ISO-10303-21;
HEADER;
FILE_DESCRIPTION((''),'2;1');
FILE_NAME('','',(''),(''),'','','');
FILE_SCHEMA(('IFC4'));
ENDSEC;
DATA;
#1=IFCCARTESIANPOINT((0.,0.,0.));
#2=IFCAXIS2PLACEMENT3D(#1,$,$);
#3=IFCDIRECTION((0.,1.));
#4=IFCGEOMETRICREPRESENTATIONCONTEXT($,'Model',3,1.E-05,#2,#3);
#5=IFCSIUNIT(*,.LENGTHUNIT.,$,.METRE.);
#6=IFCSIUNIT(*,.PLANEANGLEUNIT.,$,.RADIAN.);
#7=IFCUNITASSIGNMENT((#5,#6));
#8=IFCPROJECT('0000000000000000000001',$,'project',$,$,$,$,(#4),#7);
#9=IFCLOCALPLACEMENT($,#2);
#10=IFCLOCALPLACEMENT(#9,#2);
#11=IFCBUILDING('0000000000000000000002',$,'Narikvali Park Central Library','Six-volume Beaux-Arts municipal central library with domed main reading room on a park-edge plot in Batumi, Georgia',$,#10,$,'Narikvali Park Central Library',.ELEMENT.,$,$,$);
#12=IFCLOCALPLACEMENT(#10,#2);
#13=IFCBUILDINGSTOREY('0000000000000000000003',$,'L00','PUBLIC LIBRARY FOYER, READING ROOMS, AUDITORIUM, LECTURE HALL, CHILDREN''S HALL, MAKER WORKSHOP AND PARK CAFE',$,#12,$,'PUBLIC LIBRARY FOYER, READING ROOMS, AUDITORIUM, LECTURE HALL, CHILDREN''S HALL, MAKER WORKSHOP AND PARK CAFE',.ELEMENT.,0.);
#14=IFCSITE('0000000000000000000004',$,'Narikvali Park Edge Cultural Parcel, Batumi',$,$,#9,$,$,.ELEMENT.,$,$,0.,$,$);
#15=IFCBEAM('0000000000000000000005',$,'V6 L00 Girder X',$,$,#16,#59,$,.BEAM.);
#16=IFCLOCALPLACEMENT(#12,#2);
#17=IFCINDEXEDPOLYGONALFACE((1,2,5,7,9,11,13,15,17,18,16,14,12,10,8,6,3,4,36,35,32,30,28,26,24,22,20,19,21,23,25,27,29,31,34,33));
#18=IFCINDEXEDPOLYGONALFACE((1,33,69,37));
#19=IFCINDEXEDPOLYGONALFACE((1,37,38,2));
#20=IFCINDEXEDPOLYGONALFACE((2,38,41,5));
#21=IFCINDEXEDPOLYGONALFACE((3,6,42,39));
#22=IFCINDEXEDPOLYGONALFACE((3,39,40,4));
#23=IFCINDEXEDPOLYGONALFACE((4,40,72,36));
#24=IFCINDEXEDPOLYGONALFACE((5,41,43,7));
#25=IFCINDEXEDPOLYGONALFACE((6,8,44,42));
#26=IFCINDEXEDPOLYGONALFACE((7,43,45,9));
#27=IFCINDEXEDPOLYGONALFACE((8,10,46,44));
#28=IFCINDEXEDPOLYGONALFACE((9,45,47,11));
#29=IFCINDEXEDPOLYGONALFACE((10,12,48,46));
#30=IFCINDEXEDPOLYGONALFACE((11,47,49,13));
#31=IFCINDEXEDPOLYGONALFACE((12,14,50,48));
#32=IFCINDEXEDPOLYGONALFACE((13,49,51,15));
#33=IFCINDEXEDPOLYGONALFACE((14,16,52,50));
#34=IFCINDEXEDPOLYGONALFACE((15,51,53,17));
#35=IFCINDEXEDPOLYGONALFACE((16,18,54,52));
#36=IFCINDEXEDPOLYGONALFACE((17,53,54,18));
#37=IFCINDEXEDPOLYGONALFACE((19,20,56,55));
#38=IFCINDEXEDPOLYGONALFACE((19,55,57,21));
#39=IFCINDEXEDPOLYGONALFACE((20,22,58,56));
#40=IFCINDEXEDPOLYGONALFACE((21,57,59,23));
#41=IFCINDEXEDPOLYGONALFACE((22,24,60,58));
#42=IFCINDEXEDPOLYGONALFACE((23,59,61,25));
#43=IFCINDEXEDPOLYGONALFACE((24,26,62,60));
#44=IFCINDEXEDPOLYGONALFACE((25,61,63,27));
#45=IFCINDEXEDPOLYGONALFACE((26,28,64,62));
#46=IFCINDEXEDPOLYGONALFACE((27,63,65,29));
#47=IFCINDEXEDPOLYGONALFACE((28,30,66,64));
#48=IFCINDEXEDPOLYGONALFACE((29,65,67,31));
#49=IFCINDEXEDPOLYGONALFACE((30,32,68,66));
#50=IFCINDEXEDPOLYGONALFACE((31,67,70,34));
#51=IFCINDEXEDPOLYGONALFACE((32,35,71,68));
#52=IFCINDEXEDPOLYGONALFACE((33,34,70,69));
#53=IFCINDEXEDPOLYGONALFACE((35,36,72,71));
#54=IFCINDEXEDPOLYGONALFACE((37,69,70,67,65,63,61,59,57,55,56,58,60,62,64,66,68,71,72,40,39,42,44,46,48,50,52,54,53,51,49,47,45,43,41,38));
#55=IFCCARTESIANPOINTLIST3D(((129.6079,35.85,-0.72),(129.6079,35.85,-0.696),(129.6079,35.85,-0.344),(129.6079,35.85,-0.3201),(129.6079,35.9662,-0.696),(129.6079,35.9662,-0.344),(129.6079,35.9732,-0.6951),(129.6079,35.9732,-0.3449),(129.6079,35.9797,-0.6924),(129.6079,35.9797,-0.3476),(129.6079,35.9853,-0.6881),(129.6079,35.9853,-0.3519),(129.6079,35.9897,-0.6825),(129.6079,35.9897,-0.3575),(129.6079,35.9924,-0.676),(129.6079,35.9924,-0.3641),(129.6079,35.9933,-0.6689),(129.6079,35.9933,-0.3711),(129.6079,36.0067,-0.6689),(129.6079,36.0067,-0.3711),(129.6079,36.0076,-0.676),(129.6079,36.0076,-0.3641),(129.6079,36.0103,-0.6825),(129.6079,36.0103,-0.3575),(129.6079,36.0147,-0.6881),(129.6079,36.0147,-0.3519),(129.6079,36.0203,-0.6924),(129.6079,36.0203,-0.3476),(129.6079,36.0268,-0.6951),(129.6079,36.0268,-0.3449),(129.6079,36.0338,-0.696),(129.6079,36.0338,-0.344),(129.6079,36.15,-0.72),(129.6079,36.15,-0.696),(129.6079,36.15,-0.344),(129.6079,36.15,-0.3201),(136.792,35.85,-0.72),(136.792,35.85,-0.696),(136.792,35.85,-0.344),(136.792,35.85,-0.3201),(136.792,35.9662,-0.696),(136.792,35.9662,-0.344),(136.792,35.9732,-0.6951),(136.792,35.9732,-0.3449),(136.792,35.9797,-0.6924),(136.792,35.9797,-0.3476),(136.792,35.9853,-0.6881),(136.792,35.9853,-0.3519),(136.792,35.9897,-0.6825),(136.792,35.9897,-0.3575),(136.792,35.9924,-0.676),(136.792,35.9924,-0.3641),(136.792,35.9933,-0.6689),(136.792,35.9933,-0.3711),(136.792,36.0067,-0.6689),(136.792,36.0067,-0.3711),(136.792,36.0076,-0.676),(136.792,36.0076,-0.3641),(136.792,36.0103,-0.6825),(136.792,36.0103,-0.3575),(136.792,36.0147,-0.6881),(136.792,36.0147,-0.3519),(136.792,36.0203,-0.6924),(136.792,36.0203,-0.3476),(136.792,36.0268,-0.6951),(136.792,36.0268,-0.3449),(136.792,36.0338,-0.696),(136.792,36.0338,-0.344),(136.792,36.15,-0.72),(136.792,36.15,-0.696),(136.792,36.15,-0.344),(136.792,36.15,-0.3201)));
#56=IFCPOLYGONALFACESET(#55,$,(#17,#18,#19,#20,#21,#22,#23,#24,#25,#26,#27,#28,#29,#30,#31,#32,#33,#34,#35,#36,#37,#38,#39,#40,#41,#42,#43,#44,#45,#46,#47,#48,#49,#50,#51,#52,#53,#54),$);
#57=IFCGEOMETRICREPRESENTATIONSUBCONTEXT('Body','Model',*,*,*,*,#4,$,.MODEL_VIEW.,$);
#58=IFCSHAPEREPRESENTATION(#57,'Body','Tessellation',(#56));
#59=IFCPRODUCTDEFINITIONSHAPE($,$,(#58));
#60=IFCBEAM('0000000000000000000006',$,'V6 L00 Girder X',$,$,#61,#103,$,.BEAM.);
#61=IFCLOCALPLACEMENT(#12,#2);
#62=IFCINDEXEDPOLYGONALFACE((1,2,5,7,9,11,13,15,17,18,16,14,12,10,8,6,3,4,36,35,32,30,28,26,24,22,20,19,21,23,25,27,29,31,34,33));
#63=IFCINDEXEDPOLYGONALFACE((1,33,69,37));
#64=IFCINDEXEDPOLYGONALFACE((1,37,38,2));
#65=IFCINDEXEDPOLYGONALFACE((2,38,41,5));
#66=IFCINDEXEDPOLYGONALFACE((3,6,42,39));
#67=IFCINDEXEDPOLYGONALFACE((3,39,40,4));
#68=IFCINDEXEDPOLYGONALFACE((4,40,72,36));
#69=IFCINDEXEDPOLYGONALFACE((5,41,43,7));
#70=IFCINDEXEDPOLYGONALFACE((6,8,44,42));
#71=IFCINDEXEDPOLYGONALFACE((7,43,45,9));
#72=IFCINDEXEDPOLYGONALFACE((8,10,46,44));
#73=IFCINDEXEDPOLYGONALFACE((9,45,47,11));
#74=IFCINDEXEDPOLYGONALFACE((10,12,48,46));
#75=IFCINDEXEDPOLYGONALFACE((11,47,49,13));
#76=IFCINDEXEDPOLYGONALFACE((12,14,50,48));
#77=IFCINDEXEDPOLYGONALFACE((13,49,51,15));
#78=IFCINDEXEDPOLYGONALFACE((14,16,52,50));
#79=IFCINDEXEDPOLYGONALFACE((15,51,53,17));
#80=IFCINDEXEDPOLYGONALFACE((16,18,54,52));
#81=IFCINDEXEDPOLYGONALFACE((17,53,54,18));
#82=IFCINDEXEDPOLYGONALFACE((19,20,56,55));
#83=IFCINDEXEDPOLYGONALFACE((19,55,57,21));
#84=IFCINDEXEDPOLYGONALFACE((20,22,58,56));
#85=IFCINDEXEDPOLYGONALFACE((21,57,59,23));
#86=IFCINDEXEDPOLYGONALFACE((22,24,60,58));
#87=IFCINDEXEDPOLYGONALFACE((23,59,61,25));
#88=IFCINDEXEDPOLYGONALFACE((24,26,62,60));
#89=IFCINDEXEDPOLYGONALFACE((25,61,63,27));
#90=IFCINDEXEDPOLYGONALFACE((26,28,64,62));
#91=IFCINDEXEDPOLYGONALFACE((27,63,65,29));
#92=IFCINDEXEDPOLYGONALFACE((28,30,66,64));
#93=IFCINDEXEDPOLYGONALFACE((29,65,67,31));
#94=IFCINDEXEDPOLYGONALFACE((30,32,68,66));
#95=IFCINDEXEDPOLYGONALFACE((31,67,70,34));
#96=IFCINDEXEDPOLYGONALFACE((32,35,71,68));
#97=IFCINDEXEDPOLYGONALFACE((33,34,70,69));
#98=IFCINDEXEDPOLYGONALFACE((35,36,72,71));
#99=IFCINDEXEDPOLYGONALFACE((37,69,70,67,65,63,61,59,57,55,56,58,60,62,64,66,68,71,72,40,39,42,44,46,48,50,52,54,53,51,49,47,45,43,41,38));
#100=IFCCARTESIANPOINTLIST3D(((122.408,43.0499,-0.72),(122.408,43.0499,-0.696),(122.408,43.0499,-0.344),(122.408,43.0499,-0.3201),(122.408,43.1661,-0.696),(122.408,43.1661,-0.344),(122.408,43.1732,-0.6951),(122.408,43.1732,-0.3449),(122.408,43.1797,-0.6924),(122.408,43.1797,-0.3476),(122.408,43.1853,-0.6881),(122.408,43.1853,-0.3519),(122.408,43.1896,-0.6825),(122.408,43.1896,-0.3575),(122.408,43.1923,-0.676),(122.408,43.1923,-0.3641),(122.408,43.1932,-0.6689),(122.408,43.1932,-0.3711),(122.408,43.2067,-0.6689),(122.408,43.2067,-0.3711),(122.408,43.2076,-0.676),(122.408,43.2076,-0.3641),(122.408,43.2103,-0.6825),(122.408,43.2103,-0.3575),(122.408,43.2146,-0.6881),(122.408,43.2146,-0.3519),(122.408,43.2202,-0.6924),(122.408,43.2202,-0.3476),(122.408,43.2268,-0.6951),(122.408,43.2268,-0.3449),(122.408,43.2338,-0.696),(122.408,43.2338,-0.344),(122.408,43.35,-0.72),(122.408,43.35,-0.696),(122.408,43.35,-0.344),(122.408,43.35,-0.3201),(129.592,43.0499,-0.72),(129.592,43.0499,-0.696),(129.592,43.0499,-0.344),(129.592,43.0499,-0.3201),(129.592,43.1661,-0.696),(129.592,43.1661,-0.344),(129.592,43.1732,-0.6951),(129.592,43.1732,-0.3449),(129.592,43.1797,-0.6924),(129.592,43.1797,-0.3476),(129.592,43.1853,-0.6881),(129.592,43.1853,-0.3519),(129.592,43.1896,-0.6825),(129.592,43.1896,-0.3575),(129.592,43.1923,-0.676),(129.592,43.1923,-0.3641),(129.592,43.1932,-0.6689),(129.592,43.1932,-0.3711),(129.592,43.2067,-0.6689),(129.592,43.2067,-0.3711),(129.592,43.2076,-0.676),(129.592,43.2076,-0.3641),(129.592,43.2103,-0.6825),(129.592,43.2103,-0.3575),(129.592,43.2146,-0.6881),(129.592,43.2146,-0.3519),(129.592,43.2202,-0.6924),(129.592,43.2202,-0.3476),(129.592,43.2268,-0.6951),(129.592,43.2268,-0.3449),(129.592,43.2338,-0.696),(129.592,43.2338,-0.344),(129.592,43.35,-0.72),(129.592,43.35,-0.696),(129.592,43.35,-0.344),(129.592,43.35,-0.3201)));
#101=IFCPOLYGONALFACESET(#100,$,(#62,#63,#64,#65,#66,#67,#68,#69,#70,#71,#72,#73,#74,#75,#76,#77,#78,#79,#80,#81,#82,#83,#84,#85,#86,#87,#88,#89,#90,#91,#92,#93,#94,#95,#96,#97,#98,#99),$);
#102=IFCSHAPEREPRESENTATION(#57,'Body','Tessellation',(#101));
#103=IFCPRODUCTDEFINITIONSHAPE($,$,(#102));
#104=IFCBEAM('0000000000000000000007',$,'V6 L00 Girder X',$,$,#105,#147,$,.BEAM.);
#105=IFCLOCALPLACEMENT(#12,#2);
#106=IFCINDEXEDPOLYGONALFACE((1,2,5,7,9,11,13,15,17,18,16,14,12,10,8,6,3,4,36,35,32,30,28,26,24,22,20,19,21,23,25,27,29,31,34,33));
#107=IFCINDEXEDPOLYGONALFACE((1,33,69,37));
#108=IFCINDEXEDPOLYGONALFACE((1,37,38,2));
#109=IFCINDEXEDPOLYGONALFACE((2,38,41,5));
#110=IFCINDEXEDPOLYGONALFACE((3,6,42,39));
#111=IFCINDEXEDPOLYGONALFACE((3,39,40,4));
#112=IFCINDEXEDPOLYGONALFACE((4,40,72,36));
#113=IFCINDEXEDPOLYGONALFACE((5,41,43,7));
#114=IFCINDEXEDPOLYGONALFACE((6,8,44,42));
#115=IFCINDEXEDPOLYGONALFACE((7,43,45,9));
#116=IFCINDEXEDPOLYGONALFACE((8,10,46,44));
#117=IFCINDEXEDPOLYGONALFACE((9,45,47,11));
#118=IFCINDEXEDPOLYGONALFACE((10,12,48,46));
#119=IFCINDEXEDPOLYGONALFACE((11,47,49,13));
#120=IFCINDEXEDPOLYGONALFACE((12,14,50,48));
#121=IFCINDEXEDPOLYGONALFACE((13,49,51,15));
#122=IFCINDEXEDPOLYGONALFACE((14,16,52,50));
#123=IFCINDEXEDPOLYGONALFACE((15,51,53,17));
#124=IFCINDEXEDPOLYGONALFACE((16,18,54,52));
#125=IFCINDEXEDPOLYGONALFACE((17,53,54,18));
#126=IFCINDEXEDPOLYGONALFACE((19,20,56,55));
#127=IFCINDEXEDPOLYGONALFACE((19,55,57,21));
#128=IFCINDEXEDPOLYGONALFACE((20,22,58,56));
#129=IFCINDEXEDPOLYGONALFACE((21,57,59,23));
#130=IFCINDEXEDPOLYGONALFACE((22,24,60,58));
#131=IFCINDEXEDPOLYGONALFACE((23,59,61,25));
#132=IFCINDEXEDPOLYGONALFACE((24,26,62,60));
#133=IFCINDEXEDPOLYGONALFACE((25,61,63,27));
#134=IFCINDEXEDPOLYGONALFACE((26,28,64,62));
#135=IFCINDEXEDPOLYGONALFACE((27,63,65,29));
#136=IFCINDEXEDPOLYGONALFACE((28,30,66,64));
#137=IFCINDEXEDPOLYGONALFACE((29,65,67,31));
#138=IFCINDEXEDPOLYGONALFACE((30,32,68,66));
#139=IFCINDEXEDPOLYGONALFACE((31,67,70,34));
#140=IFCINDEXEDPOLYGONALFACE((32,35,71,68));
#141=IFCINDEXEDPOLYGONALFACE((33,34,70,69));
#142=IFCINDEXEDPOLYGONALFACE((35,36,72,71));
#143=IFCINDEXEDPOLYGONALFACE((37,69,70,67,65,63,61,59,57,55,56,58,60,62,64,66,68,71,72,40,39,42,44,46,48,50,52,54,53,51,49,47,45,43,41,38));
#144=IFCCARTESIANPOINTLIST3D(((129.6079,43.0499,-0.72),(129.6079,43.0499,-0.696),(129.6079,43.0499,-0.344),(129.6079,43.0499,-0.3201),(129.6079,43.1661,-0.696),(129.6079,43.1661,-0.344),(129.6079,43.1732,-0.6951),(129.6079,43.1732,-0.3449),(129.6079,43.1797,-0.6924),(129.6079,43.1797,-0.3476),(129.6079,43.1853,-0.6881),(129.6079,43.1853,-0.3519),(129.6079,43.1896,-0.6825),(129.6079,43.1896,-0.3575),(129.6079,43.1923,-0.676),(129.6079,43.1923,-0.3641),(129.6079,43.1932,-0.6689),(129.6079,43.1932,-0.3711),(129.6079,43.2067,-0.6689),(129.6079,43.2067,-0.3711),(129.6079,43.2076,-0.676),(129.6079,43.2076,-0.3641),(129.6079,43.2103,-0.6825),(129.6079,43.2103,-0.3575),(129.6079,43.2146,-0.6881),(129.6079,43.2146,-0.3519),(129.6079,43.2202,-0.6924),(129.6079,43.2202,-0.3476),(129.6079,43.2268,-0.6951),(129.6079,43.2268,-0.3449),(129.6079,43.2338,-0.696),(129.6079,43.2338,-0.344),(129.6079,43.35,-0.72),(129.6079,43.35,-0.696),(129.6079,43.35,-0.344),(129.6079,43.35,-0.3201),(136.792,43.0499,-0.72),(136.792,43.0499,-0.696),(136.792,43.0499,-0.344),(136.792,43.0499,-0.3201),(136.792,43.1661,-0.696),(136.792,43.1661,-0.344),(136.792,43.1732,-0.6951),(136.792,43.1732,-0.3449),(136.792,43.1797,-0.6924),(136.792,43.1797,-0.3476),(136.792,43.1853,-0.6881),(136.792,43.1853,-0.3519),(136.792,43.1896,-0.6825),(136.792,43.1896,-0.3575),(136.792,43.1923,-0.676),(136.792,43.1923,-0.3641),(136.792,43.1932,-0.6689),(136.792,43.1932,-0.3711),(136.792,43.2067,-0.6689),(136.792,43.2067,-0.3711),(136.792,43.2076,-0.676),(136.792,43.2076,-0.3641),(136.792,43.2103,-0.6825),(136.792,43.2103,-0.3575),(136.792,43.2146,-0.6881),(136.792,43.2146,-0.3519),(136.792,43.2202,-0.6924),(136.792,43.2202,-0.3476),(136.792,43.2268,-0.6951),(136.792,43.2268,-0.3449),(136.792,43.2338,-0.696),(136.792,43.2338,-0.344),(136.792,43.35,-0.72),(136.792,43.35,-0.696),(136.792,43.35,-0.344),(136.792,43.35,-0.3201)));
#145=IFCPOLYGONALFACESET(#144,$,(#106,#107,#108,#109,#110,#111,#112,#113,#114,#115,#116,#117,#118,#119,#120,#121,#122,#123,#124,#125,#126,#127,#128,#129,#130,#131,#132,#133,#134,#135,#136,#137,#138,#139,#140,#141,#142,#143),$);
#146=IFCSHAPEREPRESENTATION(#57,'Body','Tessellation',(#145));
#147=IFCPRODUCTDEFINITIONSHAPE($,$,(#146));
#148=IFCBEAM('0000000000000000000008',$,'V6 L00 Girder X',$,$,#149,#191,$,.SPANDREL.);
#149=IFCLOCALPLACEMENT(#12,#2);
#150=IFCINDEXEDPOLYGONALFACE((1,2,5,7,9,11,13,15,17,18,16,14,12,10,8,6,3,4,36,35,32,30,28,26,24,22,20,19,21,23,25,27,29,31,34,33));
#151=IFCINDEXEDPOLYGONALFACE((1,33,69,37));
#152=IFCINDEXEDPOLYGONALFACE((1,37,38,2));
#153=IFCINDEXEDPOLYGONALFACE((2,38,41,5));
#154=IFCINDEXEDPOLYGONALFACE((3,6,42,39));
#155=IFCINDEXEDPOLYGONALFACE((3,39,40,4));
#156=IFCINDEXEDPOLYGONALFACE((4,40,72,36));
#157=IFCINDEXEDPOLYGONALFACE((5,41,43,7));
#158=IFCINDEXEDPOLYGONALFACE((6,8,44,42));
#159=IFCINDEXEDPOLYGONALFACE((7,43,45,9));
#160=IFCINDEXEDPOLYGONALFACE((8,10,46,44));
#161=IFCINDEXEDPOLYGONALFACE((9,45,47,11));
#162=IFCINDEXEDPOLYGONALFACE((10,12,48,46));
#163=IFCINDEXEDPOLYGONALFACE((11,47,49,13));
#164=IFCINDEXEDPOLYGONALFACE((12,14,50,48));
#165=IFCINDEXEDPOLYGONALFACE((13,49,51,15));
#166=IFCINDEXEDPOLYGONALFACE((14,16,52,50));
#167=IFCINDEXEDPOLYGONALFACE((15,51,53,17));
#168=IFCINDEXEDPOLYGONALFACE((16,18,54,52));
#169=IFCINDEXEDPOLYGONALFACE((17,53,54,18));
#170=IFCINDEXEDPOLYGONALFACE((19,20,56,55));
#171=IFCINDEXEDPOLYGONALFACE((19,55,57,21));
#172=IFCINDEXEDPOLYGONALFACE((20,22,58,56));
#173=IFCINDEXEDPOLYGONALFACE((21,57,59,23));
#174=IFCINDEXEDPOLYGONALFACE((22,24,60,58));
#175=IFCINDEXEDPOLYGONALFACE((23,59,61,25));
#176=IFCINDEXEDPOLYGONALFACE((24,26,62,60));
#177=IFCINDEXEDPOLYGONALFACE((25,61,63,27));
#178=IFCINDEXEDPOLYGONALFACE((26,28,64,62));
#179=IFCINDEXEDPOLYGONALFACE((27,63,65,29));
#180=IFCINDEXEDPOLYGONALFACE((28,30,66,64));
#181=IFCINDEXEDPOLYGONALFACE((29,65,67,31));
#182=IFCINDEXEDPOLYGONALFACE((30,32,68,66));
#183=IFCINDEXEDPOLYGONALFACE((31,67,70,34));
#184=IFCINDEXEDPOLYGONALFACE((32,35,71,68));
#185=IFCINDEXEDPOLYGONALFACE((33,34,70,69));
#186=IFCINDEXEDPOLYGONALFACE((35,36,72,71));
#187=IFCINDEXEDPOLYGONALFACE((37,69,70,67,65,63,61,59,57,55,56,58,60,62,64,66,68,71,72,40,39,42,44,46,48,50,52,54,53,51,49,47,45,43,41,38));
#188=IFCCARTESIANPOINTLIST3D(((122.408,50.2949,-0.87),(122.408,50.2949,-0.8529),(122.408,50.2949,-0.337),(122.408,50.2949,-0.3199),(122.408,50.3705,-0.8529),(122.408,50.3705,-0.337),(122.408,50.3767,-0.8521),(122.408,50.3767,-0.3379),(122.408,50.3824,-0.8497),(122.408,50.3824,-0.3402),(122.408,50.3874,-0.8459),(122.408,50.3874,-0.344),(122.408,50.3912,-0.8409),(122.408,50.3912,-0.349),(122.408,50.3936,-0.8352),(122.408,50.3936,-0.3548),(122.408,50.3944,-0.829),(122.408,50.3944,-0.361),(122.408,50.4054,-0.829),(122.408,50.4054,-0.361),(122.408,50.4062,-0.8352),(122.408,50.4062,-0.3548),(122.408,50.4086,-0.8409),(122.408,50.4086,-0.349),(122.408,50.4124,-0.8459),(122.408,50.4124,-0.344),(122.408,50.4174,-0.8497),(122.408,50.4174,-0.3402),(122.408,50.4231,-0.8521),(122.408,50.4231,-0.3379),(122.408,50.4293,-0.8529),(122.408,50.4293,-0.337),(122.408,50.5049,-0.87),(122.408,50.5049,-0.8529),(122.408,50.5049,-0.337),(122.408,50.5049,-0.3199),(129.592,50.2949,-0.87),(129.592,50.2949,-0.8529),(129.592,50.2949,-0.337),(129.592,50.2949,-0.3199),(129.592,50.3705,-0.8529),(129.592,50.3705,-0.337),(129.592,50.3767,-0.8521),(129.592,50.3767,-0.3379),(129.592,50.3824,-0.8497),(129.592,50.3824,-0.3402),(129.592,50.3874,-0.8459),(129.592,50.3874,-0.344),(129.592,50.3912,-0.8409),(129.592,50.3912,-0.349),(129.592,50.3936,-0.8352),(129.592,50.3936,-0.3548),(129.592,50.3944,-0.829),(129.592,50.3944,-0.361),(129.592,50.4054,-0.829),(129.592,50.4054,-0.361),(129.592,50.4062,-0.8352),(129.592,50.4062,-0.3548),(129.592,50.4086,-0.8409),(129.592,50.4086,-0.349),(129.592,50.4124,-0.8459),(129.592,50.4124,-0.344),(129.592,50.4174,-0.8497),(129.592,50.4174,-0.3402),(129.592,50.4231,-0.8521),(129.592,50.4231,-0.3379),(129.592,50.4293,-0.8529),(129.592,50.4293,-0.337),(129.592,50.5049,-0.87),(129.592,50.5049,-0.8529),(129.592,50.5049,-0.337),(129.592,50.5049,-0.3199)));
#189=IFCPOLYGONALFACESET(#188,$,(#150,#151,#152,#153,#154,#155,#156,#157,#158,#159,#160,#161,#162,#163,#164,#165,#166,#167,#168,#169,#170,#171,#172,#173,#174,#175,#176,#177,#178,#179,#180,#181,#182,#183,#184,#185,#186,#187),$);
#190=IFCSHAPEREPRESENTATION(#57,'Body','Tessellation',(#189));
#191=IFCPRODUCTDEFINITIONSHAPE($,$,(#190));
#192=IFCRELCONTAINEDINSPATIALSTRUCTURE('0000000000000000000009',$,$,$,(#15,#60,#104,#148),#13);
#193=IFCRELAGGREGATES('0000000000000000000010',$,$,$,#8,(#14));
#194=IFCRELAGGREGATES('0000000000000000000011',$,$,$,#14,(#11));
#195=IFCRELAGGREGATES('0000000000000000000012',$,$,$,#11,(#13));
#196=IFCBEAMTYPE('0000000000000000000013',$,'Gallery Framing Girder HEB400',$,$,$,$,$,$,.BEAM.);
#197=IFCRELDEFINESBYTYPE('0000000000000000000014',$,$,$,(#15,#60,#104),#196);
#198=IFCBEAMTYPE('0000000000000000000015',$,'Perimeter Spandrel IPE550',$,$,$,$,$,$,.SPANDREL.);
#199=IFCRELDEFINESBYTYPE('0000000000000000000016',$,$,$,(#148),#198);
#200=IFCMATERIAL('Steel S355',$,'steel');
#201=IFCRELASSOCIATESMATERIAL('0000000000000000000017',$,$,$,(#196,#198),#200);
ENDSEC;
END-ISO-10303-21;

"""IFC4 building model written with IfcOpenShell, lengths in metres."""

from ifc_helpers import new_model, si_unit, direction, frame, origin, origin_2d, place, context, subcontext, project, spatial, i_section, extrude, material, material_profile, profile_set, type_object, element, save


model = new_model("IFC4")

# Units and contexts
model_context = context("Model", 3, precision=1e-05, world=origin(), true_north=direction((0.0, 1.0)))
body_context = subcontext(model_context, "Body", "Model", "MODEL_VIEW")
ifc_project = project(units=[si_unit("LENGTHUNIT", "METRE"), si_unit("PLANEANGLEUNIT", "RADIAN")], contexts=[model_context])

# Site, building, storey
site_placement = place(None, origin())
site = spatial("IfcSite", under=ifc_project, at=site_placement, Name="Narikvali Park Edge Cultural Parcel, Batumi", CompositionType="ELEMENT", RefElevation=0.0)
building_placement = place(site_placement, origin())
building = spatial("IfcBuilding", under=site, at=building_placement, Name="Narikvali Park Central Library", Description="Six-volume Beaux-Arts municipal central library with domed main reading room on a park-edge plot in Batumi, Georgia", LongName="Narikvali Park Central Library", CompositionType="ELEMENT")
storey_placement = place(building_placement, origin())
storey = spatial("IfcBuildingStorey", under=building, at=storey_placement, Name="L00", Description="PUBLIC LIBRARY FOYER, READING ROOMS, AUDITORIUM, LECTURE HALL, CHILDREN'S HALL, MAKER WORKSHOP AND PARK CAFE", LongName="PUBLIC LIBRARY FOYER, READING ROOMS, AUDITORIUM, LECTURE HALL, CHILDREN'S HALL, MAKER WORKSHOP AND PARK CAFE", CompositionType="ELEMENT", Elevation=0.0)

# Shared definitions
ifc_material_1 = material(Name="Steel S355", Category="steel")

# Beams
ifc_material_profile_1 = material_profile(ifc_material_1, i_section(OverallWidth=0.3, OverallDepth=0.3999, WebThickness=0.0134, FlangeThickness=0.0239, FilletRadius=0.0271, at=origin_2d()), Name="HEB 400")
ifc_profile_set_1 = profile_set([ifc_material_profile_1], Name="Steel S355")
beam_type_1 = type_object("IfcBeamType", Name="Gallery Framing Girder HEB400", PredefinedType="BEAM", material=ifc_profile_set_1)
for number, where, z_axis, x_axis, name in (
    (1, (129.6079, 36.0, -0.52), (1.0, 0.0, 0.0), (0.0, 1.0, 0.0), "V6 L00 Girder X"),
    (2, (122.408, 43.2, -0.52), (1.0, 0.0, 0.0), (0.0, 1.0, 0.0), "V6 L00 Girder X"),
    (3, (129.6079, 43.2, -0.52), (1.0, 0.0, 0.0), (0.0, 1.0, 0.0), "V6 L00 Girder X"),
):
    element("IfcBeam", number, at=place(storey_placement, frame(where, z_axis=z_axis, x_axis=x_axis)), inside=storey, type_object=beam_type_1, Name=name, PredefinedType="BEAM", context=body_context, shape_type="SweptSolid", body=[
        extrude(i_section(OverallWidth=0.3, OverallDepth=0.3999, WebThickness=0.0134, FlangeThickness=0.0239, FilletRadius=0.0271, at=origin_2d()), origin(), (0.0, 0.0, 1.0), 7.1841),
    ])
ifc_material_profile_2 = material_profile(ifc_material_1, i_section(OverallWidth=0.21, OverallDepth=0.55, WebThickness=0.011, FlangeThickness=0.0171, FilletRadius=0.0239, at=origin_2d()), Name="IPE 550")
ifc_profile_set_2 = profile_set([ifc_material_profile_2], Name="Steel S355")
beam_type_2 = type_object("IfcBeamType", Name="Perimeter Spandrel IPE550", PredefinedType="SPANDREL", material=ifc_profile_set_2)
for number, where, z_axis, x_axis, name in (
    (4, (122.408, 50.3999, -0.595), (1.0, 0.0, 0.0), (0.0, 1.0, 0.0), "V6 L00 Girder X"),
):
    element("IfcBeam", number, at=place(storey_placement, frame(where, z_axis=z_axis, x_axis=x_axis)), inside=storey, type_object=beam_type_2, Name=name, PredefinedType="SPANDREL", context=body_context, shape_type="SweptSolid", body=[
        extrude(i_section(OverallWidth=0.21, OverallDepth=0.55, WebThickness=0.011, FlangeThickness=0.0171, FilletRadius=0.0239, at=origin_2d()), origin(), (0.0, 0.0, 1.0), 7.1841),
    ])

save(model, "model.ifc")
